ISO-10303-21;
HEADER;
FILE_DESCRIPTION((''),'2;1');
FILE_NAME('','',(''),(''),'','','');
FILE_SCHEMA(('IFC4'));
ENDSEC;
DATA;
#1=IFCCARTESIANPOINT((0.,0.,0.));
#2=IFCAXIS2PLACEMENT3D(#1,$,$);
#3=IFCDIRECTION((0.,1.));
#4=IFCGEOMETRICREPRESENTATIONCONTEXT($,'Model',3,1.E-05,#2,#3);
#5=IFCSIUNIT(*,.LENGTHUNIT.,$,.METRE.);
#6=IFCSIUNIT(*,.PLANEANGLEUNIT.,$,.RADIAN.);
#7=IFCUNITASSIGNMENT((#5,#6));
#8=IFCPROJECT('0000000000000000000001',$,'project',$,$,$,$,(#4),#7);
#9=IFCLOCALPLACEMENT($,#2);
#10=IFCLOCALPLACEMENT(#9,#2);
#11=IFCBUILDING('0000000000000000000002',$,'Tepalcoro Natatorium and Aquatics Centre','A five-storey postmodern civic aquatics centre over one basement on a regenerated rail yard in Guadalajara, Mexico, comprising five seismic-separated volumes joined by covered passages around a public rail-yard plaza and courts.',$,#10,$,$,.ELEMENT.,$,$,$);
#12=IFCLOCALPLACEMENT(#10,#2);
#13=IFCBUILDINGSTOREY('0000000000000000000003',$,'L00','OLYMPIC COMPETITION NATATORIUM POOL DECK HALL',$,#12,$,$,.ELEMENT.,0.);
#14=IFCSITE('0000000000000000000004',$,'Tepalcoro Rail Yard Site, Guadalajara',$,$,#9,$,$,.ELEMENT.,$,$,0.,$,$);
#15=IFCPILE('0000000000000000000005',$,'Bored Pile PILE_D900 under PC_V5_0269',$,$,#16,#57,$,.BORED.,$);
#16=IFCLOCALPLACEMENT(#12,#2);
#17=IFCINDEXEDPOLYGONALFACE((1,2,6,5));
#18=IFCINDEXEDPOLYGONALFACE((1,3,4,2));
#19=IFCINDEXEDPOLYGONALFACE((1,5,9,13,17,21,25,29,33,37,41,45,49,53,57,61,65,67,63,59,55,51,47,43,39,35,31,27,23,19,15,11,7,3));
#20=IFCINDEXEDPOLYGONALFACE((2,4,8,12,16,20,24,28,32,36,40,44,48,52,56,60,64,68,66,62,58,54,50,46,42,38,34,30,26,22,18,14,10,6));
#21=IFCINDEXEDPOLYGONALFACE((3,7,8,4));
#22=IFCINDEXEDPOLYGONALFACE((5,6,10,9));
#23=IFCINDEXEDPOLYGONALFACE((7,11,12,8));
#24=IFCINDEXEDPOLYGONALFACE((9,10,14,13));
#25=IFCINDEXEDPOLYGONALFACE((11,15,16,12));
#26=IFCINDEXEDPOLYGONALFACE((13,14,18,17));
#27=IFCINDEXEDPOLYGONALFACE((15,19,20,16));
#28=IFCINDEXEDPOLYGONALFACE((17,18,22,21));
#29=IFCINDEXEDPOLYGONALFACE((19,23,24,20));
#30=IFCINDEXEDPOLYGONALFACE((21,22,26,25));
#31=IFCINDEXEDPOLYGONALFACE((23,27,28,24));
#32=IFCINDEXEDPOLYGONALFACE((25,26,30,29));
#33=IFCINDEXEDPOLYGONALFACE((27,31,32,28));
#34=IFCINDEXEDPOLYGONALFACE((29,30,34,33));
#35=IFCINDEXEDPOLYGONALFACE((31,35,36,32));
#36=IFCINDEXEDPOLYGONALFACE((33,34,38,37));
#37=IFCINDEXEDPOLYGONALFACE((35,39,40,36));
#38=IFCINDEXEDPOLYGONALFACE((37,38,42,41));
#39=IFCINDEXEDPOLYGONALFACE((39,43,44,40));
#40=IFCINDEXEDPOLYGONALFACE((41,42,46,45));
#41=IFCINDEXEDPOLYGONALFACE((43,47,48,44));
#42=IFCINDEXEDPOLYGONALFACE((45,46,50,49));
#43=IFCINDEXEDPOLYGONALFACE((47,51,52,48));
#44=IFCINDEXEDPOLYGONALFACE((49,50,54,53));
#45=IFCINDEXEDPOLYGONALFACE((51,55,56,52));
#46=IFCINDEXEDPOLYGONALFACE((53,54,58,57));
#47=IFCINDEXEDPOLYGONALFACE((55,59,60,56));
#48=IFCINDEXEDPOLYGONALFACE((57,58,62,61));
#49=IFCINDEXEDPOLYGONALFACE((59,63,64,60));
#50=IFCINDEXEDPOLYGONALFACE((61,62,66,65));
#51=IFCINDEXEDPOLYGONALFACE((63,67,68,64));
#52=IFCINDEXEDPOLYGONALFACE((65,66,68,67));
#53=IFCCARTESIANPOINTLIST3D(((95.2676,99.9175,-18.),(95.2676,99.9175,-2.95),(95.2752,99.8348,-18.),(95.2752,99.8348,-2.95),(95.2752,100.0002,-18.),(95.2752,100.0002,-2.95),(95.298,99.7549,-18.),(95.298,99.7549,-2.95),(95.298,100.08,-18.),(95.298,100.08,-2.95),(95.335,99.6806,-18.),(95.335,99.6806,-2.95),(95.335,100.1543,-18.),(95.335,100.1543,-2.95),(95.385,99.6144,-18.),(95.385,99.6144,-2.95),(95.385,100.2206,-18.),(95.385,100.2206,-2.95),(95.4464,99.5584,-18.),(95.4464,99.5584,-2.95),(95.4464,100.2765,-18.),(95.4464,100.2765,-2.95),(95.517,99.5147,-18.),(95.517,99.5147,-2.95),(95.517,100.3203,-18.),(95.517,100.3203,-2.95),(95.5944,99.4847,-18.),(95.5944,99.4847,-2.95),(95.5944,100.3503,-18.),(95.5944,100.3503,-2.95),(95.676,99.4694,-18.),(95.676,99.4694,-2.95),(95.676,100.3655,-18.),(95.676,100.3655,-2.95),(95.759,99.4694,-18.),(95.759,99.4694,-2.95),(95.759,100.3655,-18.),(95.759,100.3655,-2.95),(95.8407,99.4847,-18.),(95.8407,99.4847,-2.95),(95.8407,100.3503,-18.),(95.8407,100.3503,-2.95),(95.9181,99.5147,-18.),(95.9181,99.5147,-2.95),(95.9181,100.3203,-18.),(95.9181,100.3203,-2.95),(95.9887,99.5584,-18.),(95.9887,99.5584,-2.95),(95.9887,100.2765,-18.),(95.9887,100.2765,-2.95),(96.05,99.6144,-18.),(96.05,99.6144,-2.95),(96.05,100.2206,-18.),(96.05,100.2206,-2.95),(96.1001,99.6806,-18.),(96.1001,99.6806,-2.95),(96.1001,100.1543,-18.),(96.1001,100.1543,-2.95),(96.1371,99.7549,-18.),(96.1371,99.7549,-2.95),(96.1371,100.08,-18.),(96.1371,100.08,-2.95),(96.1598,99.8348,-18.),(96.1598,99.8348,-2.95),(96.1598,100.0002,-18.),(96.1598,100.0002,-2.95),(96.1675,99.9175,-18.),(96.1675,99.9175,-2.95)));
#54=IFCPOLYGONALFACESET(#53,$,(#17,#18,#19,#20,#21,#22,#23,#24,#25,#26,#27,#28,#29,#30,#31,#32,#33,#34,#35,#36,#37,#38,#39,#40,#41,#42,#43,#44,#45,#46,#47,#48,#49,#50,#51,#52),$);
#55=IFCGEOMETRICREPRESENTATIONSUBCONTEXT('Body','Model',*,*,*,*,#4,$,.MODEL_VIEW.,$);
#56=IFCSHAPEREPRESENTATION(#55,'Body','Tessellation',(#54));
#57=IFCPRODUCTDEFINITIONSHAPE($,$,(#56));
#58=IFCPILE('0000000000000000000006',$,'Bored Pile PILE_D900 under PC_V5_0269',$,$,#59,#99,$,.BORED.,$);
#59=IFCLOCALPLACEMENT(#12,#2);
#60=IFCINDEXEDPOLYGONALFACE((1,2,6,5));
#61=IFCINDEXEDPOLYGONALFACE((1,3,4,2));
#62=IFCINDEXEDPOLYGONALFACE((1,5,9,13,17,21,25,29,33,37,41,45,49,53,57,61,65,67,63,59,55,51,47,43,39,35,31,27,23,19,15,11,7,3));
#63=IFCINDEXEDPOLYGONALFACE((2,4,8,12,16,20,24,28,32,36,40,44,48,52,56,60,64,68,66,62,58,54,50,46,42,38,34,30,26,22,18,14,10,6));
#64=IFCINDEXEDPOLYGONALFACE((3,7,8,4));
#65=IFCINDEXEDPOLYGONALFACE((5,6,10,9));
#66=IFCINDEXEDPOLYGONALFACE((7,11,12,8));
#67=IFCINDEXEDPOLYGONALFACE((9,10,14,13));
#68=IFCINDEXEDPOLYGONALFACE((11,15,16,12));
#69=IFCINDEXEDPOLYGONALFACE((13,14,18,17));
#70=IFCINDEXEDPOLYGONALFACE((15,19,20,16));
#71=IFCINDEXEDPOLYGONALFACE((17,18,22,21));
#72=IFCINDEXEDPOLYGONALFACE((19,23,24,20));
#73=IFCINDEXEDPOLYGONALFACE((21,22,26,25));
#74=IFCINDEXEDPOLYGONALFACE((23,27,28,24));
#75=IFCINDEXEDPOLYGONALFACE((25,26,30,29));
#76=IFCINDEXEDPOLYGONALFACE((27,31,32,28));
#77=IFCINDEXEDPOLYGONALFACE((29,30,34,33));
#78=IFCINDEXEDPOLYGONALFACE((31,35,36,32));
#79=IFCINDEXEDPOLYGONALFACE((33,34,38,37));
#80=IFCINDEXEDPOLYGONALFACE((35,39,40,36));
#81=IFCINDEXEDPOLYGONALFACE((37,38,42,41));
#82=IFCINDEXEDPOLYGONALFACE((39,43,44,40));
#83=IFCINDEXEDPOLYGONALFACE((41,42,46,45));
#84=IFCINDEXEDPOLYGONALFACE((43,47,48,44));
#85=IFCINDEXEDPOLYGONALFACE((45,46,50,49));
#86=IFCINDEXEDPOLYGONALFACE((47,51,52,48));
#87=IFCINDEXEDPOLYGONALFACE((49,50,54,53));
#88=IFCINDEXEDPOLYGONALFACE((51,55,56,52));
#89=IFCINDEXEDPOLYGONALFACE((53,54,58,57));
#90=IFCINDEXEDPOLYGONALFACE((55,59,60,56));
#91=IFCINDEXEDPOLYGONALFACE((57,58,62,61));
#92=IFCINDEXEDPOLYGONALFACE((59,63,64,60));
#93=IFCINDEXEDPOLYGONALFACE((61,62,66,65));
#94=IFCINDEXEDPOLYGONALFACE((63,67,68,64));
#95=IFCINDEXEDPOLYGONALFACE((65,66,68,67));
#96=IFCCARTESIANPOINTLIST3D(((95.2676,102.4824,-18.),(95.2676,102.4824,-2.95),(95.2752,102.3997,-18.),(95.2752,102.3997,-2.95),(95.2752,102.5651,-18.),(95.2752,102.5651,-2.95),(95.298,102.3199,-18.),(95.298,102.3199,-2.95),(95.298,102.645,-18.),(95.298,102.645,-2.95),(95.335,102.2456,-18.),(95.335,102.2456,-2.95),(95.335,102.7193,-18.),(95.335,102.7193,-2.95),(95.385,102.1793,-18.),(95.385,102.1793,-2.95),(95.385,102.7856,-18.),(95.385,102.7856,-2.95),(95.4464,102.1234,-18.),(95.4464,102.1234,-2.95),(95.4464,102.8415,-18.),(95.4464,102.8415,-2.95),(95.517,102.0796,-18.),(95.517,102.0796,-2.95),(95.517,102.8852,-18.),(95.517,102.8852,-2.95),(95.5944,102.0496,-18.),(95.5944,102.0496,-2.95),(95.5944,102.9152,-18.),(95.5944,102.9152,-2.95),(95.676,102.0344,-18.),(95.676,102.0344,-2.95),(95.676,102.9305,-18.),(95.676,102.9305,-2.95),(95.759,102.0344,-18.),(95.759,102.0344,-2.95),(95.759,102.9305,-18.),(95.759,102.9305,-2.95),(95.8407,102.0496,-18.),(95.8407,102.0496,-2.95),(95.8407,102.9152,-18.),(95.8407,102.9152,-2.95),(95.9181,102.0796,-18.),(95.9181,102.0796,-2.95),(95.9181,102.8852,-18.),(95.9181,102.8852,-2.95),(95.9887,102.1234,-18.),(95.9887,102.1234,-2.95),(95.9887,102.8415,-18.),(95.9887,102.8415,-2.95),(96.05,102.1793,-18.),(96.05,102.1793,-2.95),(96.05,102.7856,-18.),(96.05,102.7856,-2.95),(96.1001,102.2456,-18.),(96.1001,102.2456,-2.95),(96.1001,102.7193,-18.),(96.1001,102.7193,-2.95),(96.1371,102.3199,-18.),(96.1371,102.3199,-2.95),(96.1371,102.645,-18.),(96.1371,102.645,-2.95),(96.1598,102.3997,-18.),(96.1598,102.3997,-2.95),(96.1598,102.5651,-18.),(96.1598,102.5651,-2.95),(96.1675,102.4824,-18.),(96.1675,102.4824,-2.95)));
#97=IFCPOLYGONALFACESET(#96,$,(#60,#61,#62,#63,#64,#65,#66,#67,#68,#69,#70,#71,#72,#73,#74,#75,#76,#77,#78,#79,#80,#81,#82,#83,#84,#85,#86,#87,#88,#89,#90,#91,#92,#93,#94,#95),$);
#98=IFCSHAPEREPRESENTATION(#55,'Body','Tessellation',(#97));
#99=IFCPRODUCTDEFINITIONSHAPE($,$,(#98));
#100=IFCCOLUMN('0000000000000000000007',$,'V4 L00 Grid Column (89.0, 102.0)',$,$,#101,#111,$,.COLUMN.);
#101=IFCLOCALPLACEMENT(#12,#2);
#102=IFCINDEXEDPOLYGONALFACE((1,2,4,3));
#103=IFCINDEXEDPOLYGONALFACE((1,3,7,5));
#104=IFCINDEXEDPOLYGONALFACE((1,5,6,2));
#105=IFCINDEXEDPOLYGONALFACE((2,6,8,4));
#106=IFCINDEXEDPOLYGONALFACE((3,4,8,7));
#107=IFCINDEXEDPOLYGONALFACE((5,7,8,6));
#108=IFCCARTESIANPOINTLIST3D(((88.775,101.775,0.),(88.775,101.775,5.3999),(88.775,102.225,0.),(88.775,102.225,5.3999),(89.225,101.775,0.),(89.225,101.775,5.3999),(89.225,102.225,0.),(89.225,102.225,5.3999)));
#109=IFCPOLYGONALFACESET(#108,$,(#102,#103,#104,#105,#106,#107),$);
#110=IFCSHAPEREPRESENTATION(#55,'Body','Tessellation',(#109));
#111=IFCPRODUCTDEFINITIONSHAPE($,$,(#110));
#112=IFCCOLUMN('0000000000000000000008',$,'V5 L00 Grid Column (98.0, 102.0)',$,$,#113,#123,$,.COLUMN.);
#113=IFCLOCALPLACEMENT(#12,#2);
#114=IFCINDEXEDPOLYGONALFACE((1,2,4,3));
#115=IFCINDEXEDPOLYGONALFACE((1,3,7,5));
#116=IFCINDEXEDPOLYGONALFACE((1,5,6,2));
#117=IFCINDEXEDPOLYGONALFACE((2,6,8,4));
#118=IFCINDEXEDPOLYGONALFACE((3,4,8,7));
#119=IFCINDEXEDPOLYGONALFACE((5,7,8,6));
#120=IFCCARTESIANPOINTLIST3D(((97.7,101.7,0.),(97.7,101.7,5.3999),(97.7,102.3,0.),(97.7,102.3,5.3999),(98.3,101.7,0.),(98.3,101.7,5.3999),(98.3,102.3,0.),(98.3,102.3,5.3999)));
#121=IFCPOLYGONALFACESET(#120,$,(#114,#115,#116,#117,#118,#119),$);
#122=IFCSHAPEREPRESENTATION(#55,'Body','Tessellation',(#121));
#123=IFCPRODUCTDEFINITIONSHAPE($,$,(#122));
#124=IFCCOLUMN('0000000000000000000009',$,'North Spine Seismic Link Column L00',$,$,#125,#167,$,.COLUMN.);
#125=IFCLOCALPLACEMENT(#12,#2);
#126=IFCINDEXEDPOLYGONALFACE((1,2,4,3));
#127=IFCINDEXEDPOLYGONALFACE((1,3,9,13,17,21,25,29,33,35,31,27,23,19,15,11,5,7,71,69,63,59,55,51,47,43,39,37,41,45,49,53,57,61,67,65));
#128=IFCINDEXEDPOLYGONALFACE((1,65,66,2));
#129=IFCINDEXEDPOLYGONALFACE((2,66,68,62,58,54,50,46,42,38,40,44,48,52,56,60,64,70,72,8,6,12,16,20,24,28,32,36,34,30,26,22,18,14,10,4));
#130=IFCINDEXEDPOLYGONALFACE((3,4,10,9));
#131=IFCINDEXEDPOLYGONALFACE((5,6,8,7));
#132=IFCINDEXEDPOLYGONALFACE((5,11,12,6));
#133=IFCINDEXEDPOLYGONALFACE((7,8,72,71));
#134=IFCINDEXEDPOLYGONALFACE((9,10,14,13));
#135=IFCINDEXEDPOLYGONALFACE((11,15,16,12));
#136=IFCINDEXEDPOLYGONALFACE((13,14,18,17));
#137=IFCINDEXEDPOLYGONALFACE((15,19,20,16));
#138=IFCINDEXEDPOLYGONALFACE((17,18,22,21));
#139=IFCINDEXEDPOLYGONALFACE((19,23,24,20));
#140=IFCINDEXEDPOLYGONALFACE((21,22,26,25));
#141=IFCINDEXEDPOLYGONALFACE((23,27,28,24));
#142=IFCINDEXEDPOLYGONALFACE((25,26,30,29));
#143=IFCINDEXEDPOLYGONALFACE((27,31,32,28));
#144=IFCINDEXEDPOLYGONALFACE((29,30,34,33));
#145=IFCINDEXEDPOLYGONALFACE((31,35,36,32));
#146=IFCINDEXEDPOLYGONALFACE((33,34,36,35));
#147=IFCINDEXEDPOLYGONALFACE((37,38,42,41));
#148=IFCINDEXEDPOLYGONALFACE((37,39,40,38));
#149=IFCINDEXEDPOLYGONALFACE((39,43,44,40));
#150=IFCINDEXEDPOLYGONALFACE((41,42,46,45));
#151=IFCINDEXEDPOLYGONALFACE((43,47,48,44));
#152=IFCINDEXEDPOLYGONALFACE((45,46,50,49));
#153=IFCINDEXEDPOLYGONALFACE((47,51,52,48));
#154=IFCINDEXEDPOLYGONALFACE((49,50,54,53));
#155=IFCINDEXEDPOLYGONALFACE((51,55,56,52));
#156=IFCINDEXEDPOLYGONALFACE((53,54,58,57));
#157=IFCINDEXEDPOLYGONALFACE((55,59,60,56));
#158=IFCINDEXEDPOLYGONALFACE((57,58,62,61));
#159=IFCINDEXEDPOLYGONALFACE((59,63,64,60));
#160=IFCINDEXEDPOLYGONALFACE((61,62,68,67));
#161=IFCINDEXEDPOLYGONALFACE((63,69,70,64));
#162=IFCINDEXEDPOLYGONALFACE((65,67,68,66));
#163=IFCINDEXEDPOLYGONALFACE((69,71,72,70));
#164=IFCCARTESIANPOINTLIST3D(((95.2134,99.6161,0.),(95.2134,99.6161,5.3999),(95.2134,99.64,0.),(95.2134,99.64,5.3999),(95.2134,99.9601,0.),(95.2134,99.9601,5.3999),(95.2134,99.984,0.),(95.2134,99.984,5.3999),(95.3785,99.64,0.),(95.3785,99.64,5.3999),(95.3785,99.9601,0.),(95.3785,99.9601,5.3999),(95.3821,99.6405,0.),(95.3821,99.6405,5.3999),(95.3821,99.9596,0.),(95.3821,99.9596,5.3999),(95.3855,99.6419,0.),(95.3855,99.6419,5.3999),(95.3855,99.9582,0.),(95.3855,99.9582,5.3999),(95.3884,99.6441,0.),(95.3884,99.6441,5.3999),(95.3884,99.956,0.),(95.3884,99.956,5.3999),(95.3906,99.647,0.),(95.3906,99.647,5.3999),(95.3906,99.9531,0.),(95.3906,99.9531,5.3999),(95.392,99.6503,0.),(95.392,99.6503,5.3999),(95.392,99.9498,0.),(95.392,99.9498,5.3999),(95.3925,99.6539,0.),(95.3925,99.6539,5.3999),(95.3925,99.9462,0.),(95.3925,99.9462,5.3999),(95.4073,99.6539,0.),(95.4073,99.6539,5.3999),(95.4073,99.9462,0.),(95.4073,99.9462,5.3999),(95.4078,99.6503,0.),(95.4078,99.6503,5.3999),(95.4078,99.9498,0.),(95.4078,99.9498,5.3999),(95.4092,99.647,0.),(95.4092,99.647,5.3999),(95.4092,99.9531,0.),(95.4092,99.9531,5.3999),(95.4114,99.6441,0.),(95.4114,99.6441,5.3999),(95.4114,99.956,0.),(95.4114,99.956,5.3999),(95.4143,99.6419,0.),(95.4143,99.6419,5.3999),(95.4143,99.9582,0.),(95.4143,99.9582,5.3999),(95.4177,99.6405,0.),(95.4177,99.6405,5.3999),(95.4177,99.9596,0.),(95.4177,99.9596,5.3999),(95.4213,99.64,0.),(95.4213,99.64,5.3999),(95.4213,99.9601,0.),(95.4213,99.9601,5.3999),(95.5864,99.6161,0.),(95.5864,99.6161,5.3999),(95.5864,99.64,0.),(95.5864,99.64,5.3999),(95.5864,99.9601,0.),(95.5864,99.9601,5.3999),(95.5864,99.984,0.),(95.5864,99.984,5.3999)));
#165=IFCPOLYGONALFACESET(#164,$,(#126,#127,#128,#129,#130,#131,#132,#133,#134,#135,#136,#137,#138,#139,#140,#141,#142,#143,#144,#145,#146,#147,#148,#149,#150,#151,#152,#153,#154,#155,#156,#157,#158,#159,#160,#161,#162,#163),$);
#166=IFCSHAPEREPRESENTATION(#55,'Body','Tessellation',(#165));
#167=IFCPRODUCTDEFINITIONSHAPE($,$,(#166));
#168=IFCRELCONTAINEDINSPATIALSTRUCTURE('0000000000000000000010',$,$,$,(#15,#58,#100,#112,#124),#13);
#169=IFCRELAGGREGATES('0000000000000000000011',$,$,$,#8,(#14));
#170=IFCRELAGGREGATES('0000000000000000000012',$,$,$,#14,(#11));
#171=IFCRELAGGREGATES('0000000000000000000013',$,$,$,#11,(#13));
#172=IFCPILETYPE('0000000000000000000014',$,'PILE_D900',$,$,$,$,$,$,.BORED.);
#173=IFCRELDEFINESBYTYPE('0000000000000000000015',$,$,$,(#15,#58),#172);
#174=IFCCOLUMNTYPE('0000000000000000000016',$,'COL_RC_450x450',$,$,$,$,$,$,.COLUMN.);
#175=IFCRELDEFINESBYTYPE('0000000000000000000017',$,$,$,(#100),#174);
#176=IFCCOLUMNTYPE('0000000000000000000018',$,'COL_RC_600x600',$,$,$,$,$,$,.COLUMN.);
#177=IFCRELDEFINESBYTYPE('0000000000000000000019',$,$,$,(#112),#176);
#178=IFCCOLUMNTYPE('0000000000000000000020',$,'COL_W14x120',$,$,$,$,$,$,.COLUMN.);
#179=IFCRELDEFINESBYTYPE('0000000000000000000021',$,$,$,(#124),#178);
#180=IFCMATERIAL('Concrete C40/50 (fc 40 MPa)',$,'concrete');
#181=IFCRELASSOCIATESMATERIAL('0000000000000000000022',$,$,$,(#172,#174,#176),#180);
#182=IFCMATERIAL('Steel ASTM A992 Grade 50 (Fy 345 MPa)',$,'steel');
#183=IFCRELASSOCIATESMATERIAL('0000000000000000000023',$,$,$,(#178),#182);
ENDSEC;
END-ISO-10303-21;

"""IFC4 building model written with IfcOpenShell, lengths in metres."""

from ifc_helpers import new_model, si_unit, direction, frame, origin, origin_2d, place, context, subcontext, project, spatial, rectangle, circle, i_section, extrude, material, material_profile, profile_set, type_object, element, save


model = new_model("IFC4")

# Units and contexts
model_context = context("Model", 3, precision=1e-05, world=origin(), true_north=direction((0.0, 1.0)))
body_context = subcontext(model_context, "Body", "Model", "MODEL_VIEW")
ifc_project = project(units=[si_unit("LENGTHUNIT", "METRE"), si_unit("PLANEANGLEUNIT", "RADIAN")], contexts=[model_context])

# Site, building, storey
site_placement = place(None, origin())
site = spatial("IfcSite", under=ifc_project, at=site_placement, Name="Tepalcoro Rail Yard Site, Guadalajara", CompositionType="ELEMENT", RefElevation=0.0)
building_placement = place(site_placement, origin())
building = spatial("IfcBuilding", under=site, at=building_placement, Name="Tepalcoro Natatorium and Aquatics Centre", Description="A five-storey postmodern civic aquatics centre over one basement on a regenerated rail yard in Guadalajara, Mexico, comprising five seismic-separated volumes joined by covered passages around a public rail-yard plaza and courts.", CompositionType="ELEMENT")
storey_placement = place(building_placement, origin())
storey = spatial("IfcBuildingStorey", under=building, at=storey_placement, Name="L00", Description="OLYMPIC COMPETITION NATATORIUM POOL DECK HALL", CompositionType="ELEMENT", Elevation=0.0)

# Piles
ifc_material_1 = material(Name="Concrete C40/50 (fc 40 MPa)", Category="concrete")
ifc_material_profile_1 = material_profile(ifc_material_1, circle(Radius=0.45, at=origin_2d()), Name="PILE_D900")
ifc_profile_set_1 = profile_set([ifc_material_profile_1], Name="Concrete C40/50 (fc 40 MPa)")
pile_type = type_object("IfcPileType", Name="PILE_D900", PredefinedType="BORED", material=ifc_profile_set_1)
for number, where, z_axis, x_axis, name in (
    (1, (95.7175, 99.9175, -2.95), (0.0, 0.0, -1.0), (1.0, 0.0, 0.0), "Bored Pile PILE_D900 under PC_V5_0269"),
    (2, (95.7175, 102.4824, -2.95), (0.0, 0.0, -1.0), (1.0, 0.0, 0.0), "Bored Pile PILE_D900 under PC_V5_0269"),
):
    element("IfcPile", number, at=place(storey_placement, frame(where, z_axis=z_axis, x_axis=x_axis)), inside=storey, type_object=pile_type, Name=name, PredefinedType="BORED", context=body_context, shape_type="SweptSolid", body=[
        extrude(circle(Radius=0.45, at=origin_2d()), origin(), (0.0, 0.0, 1.0), 15.05),
    ])

# Columns
ifc_material_profile_2 = material_profile(ifc_material_1, rectangle(XDim=0.45, YDim=0.45, at=origin_2d()), Name="RC450x450")
ifc_profile_set_2 = profile_set([ifc_material_profile_2], Name="Concrete C40/50 (fc 40 MPa)")
column_type_1 = type_object("IfcColumnType", Name="COL_RC_450x450", PredefinedType="COLUMN", material=ifc_profile_set_2)
column_1_placement = place(storey_placement, frame((89.0, 102.0, 0.0), z_axis=(0.0, 0.0, 1.0), x_axis=(1.0, 0.0, 0.0)))
element("IfcColumn", 3, at=column_1_placement, inside=storey, type_object=column_type_1, Name="V4 L00 Grid Column (89.0, 102.0)", PredefinedType="COLUMN", context=body_context, shape_type="SweptSolid", body=[
    extrude(rectangle(XDim=0.45, YDim=0.45, at=origin_2d()), origin(), (0.0, 0.0, 1.0), 5.3999),
])
ifc_material_profile_3 = material_profile(ifc_material_1, rectangle(XDim=0.6001, YDim=0.6001, at=origin_2d()), Name="RC600x600")
ifc_profile_set_3 = profile_set([ifc_material_profile_3], Name="Concrete C40/50 (fc 40 MPa)")
column_type_2 = type_object("IfcColumnType", Name="COL_RC_600x600", PredefinedType="COLUMN", material=ifc_profile_set_3)
column_2_placement = place(storey_placement, frame((98.0, 102.0, 0.0), z_axis=(0.0, 0.0, 1.0), x_axis=(1.0, 0.0, 0.0)))
element("IfcColumn", 4, at=column_2_placement, inside=storey, type_object=column_type_2, Name="V5 L00 Grid Column (98.0, 102.0)", PredefinedType="COLUMN", context=body_context, shape_type="SweptSolid", body=[
    extrude(rectangle(XDim=0.6001, YDim=0.6001, at=origin_2d()), origin(), (0.0, 0.0, 1.0), 5.3999),
])
ifc_material_2 = material(Name="Steel ASTM A992 Grade 50 (Fy 345 MPa)", Category="steel")
ifc_material_profile_4 = material_profile(ifc_material_2, i_section(OverallWidth=0.373, OverallDepth=0.3679, WebThickness=0.0149, FlangeThickness=0.0239, FilletRadius=0.0139, at=origin_2d()), Name="W14X120")
ifc_profile_set_4 = profile_set([ifc_material_profile_4], Name="Steel ASTM A992 Grade 50 (Fy 345 MPa)")
column_type_3 = type_object("IfcColumnType", Name="COL_W14x120", PredefinedType="COLUMN", material=ifc_profile_set_4)
column_3_placement = place(storey_placement, frame((95.3999, 99.8, 0.0), z_axis=(0.0, 0.0, 1.0), x_axis=(1.0, 0.0, 0.0)))
element("IfcColumn", 5, at=column_3_placement, inside=storey, type_object=column_type_3, Name="North Spine Seismic Link Column L00", PredefinedType="COLUMN", context=body_context, shape_type="SweptSolid", body=[
    extrude(i_section(OverallWidth=0.373, OverallDepth=0.3679, WebThickness=0.0149, FlangeThickness=0.0239, FilletRadius=0.0139, at=origin_2d()), origin(), (0.0, 0.0, 1.0), 5.3999),
])

save(model, "model.ifc")
